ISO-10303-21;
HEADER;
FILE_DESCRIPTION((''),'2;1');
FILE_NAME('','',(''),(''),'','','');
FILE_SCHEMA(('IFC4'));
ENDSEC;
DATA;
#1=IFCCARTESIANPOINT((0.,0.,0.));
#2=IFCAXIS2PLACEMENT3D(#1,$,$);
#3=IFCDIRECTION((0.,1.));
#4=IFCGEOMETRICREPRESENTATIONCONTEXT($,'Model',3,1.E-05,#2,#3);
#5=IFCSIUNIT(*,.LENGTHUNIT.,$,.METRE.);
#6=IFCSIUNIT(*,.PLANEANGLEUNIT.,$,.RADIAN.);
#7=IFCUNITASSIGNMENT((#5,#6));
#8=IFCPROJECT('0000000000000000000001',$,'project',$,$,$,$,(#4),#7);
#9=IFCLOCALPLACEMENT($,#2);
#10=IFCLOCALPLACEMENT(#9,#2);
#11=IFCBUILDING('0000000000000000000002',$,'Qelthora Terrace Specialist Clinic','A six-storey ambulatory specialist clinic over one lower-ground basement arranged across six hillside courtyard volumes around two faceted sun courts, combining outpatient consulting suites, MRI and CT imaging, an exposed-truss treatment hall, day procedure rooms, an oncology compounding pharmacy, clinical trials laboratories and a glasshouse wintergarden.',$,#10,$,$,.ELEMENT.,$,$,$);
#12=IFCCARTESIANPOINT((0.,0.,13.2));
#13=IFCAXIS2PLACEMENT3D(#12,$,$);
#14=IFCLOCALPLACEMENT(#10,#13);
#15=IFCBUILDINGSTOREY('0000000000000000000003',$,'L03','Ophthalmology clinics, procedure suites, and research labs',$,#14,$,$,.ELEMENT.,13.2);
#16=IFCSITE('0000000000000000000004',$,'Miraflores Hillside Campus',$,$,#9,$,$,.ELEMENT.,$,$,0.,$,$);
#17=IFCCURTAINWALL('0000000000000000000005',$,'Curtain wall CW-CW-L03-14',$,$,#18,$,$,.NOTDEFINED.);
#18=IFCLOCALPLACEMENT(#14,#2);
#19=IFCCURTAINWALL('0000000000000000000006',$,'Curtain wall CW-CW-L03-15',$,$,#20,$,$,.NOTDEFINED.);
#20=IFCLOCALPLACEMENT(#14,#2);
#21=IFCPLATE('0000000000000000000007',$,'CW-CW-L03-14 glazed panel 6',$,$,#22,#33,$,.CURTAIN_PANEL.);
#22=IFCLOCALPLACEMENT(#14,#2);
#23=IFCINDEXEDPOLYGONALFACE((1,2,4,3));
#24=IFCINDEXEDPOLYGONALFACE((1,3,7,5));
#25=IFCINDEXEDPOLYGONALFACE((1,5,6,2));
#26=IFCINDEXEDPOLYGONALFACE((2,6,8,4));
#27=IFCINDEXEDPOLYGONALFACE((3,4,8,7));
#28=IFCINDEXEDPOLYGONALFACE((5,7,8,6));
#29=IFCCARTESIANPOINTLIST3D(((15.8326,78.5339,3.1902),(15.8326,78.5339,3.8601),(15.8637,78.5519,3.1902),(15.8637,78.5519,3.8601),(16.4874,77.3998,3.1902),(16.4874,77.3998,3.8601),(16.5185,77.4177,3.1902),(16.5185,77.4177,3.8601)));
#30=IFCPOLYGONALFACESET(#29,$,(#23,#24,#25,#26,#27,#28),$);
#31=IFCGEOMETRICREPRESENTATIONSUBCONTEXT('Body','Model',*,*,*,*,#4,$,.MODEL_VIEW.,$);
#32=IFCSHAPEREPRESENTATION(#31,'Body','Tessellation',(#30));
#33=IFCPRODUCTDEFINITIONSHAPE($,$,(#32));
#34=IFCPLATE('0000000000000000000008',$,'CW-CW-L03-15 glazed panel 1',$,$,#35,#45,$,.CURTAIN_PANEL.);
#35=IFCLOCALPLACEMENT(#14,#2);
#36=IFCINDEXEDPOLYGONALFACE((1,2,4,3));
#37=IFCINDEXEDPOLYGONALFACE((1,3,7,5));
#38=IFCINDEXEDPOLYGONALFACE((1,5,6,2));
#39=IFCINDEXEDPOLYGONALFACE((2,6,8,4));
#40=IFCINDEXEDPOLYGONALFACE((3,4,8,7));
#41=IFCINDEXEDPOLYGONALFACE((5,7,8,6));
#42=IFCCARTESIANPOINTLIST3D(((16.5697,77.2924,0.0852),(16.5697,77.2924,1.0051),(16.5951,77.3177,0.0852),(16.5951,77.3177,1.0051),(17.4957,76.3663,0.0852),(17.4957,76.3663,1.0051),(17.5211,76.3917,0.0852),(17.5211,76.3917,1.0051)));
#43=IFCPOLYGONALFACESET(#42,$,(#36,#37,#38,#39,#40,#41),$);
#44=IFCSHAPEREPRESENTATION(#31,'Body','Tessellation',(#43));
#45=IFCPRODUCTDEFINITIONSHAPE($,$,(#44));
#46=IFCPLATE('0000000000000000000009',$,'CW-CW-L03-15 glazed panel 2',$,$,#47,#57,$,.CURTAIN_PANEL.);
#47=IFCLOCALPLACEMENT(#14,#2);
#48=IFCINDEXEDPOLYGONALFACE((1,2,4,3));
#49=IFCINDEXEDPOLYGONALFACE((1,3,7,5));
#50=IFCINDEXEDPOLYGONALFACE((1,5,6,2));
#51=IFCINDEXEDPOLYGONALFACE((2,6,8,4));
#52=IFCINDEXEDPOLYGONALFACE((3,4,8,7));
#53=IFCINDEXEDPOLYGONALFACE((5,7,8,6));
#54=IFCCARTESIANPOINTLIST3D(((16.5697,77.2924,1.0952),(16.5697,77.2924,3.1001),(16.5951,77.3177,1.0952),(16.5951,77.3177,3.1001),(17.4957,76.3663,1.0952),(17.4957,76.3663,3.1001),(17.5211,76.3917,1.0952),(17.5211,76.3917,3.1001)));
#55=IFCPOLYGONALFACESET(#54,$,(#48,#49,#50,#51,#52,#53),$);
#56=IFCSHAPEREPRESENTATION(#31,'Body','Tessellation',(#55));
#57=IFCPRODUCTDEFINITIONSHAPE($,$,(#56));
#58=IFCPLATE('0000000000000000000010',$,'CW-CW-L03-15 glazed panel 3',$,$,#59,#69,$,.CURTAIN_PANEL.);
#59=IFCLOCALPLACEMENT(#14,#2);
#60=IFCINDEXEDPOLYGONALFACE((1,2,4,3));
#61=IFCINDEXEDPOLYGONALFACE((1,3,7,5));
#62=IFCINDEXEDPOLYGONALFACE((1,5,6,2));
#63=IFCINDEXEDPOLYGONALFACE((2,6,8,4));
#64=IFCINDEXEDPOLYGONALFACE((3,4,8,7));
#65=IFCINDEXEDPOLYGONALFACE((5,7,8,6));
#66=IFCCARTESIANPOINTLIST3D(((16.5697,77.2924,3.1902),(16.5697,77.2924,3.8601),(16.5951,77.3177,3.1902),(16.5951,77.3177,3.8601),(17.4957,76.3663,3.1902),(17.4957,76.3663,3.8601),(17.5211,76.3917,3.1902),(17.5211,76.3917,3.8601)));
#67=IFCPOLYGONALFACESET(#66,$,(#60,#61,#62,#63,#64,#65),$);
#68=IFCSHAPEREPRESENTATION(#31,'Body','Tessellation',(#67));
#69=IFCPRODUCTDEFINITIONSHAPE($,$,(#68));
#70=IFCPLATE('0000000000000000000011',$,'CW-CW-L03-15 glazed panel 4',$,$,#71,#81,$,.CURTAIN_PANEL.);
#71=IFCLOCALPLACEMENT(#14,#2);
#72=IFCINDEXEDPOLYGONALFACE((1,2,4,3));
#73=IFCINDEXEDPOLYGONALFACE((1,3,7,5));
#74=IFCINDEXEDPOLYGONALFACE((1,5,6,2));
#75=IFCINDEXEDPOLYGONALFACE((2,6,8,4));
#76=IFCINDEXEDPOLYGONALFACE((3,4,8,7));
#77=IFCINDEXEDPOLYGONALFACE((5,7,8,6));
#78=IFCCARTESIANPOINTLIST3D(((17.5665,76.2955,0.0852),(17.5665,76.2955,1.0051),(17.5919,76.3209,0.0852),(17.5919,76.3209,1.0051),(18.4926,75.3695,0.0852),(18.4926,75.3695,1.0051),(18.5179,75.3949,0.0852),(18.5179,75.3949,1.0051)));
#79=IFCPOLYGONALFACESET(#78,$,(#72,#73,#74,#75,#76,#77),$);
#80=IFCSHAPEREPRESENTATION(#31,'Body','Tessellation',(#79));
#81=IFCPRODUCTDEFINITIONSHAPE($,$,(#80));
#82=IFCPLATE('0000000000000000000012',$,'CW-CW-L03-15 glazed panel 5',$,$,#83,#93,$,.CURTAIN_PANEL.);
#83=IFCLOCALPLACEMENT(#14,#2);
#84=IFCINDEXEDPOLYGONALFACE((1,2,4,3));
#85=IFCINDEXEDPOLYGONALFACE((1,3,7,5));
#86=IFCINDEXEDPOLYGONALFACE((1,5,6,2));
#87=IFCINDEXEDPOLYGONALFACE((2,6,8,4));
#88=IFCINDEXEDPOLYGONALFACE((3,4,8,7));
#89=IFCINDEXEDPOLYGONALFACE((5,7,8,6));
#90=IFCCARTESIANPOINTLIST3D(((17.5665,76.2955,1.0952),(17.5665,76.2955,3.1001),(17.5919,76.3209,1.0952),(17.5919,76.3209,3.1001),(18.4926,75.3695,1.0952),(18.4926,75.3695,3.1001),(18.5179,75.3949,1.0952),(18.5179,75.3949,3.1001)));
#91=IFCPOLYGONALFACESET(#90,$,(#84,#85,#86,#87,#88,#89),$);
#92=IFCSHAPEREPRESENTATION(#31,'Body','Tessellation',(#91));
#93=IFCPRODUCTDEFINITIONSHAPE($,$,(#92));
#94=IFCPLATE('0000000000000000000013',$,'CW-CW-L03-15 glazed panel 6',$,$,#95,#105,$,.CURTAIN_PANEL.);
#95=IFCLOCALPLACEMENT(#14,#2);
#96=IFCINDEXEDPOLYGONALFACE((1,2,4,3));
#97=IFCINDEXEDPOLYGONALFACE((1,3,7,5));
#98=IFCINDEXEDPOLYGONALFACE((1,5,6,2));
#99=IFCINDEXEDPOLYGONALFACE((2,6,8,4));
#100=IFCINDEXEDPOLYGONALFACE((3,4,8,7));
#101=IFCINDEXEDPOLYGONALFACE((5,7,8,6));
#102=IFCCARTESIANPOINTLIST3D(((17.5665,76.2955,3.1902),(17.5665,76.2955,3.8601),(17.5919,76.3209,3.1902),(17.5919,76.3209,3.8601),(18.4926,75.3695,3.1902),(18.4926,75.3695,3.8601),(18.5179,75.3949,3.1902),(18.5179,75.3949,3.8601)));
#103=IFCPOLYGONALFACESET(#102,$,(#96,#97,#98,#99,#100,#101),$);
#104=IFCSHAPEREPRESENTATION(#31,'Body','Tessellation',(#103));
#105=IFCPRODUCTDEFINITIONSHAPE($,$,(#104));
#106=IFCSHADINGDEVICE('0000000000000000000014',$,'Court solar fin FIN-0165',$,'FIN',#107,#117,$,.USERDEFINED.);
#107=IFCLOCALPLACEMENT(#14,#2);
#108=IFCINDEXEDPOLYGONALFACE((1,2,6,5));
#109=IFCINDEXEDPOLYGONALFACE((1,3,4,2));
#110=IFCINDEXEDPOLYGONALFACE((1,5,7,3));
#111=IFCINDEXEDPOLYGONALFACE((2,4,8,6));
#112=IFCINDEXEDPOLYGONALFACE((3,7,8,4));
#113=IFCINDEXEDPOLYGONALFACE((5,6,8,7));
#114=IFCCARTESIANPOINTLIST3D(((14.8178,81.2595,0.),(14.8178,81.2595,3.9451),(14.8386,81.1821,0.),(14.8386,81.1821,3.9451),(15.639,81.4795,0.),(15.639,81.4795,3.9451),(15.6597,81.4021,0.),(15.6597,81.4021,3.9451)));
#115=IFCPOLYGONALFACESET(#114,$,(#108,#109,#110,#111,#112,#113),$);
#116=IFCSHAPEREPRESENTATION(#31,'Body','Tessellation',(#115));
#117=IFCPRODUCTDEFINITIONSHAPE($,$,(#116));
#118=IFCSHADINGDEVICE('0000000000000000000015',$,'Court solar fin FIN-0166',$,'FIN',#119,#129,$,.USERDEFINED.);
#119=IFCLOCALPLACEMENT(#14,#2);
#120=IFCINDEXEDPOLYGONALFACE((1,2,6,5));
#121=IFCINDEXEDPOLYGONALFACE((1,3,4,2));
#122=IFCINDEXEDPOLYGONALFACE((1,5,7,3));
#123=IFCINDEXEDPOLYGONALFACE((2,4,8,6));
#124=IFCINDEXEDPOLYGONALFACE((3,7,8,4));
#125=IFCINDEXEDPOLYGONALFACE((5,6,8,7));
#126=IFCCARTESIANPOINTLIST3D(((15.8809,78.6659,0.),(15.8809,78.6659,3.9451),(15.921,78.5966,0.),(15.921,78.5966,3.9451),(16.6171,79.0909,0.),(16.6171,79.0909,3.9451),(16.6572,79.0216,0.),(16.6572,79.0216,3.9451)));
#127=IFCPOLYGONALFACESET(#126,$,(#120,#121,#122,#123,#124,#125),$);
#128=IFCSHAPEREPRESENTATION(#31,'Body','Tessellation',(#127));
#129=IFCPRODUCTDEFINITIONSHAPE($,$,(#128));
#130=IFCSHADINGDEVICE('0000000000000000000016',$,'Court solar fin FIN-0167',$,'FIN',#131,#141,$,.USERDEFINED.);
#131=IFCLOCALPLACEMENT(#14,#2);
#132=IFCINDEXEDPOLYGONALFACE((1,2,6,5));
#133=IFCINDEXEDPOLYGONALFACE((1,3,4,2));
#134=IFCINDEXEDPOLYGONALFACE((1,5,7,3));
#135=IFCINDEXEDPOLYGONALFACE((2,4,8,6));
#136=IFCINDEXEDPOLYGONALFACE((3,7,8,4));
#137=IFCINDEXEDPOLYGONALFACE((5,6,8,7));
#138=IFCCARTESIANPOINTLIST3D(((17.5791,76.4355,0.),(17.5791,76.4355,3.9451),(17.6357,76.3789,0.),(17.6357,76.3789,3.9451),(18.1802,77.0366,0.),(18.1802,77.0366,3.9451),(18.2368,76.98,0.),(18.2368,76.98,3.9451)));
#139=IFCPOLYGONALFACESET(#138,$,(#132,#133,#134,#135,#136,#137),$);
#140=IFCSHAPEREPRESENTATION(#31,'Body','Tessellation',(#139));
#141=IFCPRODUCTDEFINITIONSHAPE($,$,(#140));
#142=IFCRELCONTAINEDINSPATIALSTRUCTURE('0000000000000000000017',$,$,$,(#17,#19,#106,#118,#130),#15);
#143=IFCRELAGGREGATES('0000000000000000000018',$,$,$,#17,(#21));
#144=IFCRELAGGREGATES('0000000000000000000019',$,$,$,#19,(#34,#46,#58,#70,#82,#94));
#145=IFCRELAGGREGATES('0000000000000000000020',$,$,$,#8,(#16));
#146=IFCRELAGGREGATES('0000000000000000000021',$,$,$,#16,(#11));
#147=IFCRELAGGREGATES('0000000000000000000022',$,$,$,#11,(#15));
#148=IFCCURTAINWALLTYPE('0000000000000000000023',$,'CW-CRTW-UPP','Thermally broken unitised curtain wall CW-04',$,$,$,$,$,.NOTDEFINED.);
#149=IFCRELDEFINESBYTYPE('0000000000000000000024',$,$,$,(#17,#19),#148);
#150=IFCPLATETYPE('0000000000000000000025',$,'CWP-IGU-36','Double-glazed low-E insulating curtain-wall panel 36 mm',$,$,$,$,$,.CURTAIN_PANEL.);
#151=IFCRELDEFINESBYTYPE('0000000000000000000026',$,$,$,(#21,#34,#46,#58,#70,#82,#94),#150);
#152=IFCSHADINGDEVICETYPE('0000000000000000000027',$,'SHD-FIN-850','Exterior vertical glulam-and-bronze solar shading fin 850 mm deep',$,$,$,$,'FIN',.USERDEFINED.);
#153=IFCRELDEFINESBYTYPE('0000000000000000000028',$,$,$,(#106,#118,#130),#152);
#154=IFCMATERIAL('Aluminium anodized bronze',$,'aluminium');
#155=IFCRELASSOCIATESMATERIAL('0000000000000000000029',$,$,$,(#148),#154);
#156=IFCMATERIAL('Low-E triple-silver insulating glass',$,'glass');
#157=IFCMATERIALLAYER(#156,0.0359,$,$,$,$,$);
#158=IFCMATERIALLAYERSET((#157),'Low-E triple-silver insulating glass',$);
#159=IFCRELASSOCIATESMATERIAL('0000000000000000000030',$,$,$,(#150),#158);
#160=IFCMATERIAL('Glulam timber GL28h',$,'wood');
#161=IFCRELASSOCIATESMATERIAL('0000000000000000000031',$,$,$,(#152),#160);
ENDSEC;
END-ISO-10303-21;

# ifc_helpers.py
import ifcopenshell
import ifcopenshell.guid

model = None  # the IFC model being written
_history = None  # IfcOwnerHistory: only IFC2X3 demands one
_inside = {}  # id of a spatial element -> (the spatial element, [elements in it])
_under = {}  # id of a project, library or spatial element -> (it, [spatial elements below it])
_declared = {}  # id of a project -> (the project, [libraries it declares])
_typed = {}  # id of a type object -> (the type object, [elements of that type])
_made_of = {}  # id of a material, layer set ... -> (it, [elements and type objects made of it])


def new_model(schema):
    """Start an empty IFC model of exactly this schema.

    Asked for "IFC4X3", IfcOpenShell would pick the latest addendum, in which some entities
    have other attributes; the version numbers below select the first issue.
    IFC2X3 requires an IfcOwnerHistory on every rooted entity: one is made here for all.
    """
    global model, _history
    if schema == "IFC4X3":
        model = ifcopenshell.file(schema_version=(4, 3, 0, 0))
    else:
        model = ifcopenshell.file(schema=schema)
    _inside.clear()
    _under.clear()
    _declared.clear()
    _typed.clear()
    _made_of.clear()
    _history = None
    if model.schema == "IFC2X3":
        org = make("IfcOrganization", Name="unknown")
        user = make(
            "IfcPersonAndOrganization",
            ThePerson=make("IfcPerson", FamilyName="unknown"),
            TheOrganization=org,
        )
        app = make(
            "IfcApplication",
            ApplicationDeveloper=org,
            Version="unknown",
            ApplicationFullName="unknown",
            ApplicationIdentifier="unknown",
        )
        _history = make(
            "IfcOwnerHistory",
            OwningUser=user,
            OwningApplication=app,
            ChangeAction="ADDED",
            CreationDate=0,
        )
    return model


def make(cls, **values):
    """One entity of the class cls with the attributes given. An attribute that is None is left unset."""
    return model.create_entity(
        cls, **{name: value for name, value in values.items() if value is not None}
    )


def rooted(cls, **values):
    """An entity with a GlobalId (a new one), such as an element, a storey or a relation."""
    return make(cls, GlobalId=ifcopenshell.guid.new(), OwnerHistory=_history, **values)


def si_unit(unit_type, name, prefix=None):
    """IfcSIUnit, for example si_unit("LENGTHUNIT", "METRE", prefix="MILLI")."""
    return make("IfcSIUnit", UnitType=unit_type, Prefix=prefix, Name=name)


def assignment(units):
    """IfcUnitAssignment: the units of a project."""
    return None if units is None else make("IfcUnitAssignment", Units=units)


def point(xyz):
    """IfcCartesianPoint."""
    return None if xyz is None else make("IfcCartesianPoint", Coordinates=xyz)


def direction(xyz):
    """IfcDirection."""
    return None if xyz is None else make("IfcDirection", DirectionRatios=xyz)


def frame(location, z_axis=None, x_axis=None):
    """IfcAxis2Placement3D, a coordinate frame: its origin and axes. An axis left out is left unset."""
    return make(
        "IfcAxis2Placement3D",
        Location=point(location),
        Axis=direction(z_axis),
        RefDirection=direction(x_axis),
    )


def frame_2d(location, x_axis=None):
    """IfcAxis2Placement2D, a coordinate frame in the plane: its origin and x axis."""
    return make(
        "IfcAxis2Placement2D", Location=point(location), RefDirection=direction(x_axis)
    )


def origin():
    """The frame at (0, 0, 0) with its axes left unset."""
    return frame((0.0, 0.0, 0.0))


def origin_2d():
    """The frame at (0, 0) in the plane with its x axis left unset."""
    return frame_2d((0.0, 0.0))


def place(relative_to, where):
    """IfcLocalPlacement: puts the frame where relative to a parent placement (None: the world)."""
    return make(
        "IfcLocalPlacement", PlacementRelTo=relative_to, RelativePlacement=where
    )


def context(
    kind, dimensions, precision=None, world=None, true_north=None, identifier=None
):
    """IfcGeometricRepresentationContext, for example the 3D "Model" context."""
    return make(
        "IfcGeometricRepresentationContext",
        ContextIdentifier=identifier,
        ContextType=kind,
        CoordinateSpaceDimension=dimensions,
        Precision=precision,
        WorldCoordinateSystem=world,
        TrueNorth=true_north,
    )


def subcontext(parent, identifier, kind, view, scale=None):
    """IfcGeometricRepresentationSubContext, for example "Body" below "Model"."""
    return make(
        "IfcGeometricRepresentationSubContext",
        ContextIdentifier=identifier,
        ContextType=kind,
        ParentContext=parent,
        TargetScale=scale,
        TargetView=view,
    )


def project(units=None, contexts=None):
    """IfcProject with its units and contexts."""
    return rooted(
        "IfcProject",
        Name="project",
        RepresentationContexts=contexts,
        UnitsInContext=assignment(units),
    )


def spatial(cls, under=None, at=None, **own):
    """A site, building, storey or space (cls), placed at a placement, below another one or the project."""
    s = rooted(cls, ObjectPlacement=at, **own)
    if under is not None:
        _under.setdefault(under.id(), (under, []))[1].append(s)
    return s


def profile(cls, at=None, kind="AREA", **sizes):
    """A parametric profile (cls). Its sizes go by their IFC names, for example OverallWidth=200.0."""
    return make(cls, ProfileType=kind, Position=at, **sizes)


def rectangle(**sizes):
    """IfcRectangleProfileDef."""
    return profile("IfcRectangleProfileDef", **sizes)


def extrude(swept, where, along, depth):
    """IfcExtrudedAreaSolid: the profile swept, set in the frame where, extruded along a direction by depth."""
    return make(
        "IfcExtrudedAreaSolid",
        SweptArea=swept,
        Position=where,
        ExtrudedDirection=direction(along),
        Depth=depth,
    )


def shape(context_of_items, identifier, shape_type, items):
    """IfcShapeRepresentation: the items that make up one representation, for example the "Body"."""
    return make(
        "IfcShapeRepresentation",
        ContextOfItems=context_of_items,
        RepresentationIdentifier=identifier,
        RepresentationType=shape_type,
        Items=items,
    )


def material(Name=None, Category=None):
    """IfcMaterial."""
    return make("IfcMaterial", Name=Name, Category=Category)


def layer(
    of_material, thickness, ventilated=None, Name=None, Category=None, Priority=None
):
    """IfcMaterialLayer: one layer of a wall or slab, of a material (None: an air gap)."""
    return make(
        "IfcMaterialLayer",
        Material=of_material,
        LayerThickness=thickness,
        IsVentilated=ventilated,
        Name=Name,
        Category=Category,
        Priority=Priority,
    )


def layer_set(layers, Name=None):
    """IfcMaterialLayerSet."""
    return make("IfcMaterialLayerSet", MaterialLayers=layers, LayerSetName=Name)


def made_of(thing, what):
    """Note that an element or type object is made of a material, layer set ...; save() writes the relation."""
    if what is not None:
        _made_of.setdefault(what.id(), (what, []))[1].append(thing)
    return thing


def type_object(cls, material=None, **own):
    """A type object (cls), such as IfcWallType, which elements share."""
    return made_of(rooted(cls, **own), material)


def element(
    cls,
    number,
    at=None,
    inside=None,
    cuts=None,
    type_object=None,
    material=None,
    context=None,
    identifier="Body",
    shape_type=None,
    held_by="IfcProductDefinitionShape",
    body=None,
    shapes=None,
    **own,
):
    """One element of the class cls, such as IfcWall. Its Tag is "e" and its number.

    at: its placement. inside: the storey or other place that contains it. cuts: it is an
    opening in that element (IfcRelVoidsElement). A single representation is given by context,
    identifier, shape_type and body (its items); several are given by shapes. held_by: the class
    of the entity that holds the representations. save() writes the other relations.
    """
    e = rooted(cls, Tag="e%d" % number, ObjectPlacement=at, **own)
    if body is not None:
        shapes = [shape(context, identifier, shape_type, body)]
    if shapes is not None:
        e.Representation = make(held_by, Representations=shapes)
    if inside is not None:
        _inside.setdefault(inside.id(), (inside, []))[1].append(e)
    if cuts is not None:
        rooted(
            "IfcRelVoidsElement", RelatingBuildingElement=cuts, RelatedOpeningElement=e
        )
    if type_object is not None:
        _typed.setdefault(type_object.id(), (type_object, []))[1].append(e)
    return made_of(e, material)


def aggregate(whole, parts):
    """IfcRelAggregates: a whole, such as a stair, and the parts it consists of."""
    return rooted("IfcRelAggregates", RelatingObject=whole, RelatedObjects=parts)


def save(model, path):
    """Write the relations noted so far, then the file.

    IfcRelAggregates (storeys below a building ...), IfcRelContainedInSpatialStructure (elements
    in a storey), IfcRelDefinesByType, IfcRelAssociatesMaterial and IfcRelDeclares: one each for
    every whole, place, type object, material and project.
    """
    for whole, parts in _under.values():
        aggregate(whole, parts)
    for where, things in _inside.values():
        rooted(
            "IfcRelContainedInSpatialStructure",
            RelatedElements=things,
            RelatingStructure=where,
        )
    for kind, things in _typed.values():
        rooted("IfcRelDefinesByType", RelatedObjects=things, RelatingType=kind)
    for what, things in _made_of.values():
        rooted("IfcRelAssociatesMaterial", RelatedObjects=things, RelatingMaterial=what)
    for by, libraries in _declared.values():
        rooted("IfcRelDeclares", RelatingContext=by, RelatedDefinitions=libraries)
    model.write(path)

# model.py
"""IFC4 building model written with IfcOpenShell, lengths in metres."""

from ifc_helpers import new_model, si_unit, direction, frame, origin, origin_2d, place, context, subcontext, project, spatial, rectangle, extrude, material, layer, layer_set, type_object, element, aggregate, save


model = new_model("IFC4")

# Units and contexts
model_context = context("Model", 3, precision=1e-05, world=origin(), true_north=direction((0.0, 1.0)))
body_context = subcontext(model_context, "Body", "Model", "MODEL_VIEW")
ifc_project = project(units=[si_unit("LENGTHUNIT", "METRE"), si_unit("PLANEANGLEUNIT", "RADIAN")], contexts=[model_context])

# Site, building, storey
site_placement = place(None, origin())
site = spatial("IfcSite", under=ifc_project, at=site_placement, Name="Miraflores Hillside Campus", CompositionType="ELEMENT", RefElevation=0.0)
building_placement = place(site_placement, origin())
building = spatial("IfcBuilding", under=site, at=building_placement, Name="Qelthora Terrace Specialist Clinic", Description="A six-storey ambulatory specialist clinic over one lower-ground basement arranged across six hillside courtyard volumes around two faceted sun courts, combining outpatient consulting suites, MRI and CT imaging, an exposed-truss treatment hall, day procedure rooms, an oncology compounding pharmacy, clinical trials laboratories and a glasshouse wintergarden.", CompositionType="ELEMENT")
storey_placement = place(building_placement, frame((0.0, 0.0, 13.2)))
storey = spatial("IfcBuildingStorey", under=building, at=storey_placement, Name="L03", Description="Ophthalmology clinics, procedure suites, and research labs", CompositionType="ELEMENT", Elevation=13.2)

# Curtain walls
ifc_material_1 = material(Name="Aluminium anodized bronze", Category="aluminium")
curtain_wall_type = type_object("IfcCurtainWallType", Name="CW-CRTW-UPP", Description="Thermally broken unitised curtain wall CW-04", PredefinedType="NOTDEFINED", material=ifc_material_1)
curtain_wall_1_placement = place(storey_placement, origin())
curtain_wall_1 = element("IfcCurtainWall", 1, at=curtain_wall_1_placement, inside=storey, type_object=curtain_wall_type, Name="Curtain wall CW-CW-L03-14", PredefinedType="NOTDEFINED")
curtain_wall_2_placement = place(storey_placement, origin())
curtain_wall_2 = element("IfcCurtainWall", 2, at=curtain_wall_2_placement, inside=storey, type_object=curtain_wall_type, Name="Curtain wall CW-CW-L03-15", PredefinedType="NOTDEFINED")

# Plates
ifc_material_2 = material(Name="Low-E triple-silver insulating glass", Category="glass")
ifc_layer = layer(ifc_material_2, 0.0359)
ifc_layer_set = layer_set([ifc_layer], Name="Low-E triple-silver insulating glass")
plate_type = type_object("IfcPlateType", Name="CWP-IGU-36", Description="Double-glazed low-E insulating curtain-wall panel 36 mm", PredefinedType="CURTAIN_PANEL", material=ifc_layer_set)
plate_1_placement = place(storey_placement, frame((16.1755, 77.9758, 3.1902), z_axis=(0.0, 0.0, 1.0), x_axis=(0.5, -0.866025, 0.0)))
plate_1 = element("IfcPlate", 3, at=plate_1_placement, type_object=plate_type, Name="CW-CW-L03-14 glazed panel 6", PredefinedType="CURTAIN_PANEL", context=body_context, shape_type="SweptSolid", body=[
    extrude(rectangle(XDim=1.3096, YDim=0.0359, at=origin_2d()), origin(), (0.0, 0.0, 1.0), 0.6699),
])
aggregate(curtain_wall_1, [plate_1])
plate_2_placement = place(storey_placement, frame((17.0454, 76.842, 0.0852), z_axis=(0.0, 0.0, 1.0), x_axis=(0.707107, -0.707107, 0.0)))
plate_2 = element("IfcPlate", 4, at=plate_2_placement, type_object=plate_type, Name="CW-CW-L03-15 glazed panel 1", PredefinedType="CURTAIN_PANEL", context=body_context, shape_type="SweptSolid", body=[
    extrude(rectangle(XDim=1.3096, YDim=0.0359, at=origin_2d()), origin(), (0.0, 0.0, 1.0), 0.9199),
])
plate_3_placement = place(storey_placement, frame((17.0454, 76.842, 1.0952), z_axis=(0.0, 0.0, 1.0), x_axis=(0.707107, -0.707107, 0.0)))
plate_3 = element("IfcPlate", 5, at=plate_3_placement, type_object=plate_type, Name="CW-CW-L03-15 glazed panel 2", PredefinedType="CURTAIN_PANEL", context=body_context, shape_type="SweptSolid", body=[
    extrude(rectangle(XDim=1.3096, YDim=0.0359, at=origin_2d()), origin(), (0.0, 0.0, 1.0), 2.0049),
])
plate_4_placement = place(storey_placement, frame((17.0454, 76.842, 3.1902), z_axis=(0.0, 0.0, 1.0), x_axis=(0.707107, -0.707107, 0.0)))
plate_4 = element("IfcPlate", 6, at=plate_4_placement, type_object=plate_type, Name="CW-CW-L03-15 glazed panel 3", PredefinedType="CURTAIN_PANEL", context=body_context, shape_type="SweptSolid", body=[
    extrude(rectangle(XDim=1.3096, YDim=0.0359, at=origin_2d()), origin(), (0.0, 0.0, 1.0), 0.6699),
])
plate_5_placement = place(storey_placement, frame((18.0422, 75.8452, 0.0852), z_axis=(0.0, 0.0, 1.0), x_axis=(0.707107, -0.707107, 0.0)))
plate_5 = element("IfcPlate", 7, at=plate_5_placement, type_object=plate_type, Name="CW-CW-L03-15 glazed panel 4", PredefinedType="CURTAIN_PANEL", context=body_context, shape_type="SweptSolid", body=[
    extrude(rectangle(XDim=1.3096, YDim=0.0359, at=origin_2d()), origin(), (0.0, 0.0, 1.0), 0.9199),
])
plate_6_placement = place(storey_placement, frame((18.0422, 75.8452, 1.0952), z_axis=(0.0, 0.0, 1.0), x_axis=(0.707107, -0.707107, 0.0)))
plate_6 = element("IfcPlate", 8, at=plate_6_placement, type_object=plate_type, Name="CW-CW-L03-15 glazed panel 5", PredefinedType="CURTAIN_PANEL", context=body_context, shape_type="SweptSolid", body=[
    extrude(rectangle(XDim=1.3096, YDim=0.0359, at=origin_2d()), origin(), (0.0, 0.0, 1.0), 2.0049),
])
plate_7_placement = place(storey_placement, frame((18.0422, 75.8452, 3.1902), z_axis=(0.0, 0.0, 1.0), x_axis=(0.707107, -0.707107, 0.0)))
plate_7 = element("IfcPlate", 9, at=plate_7_placement, type_object=plate_type, Name="CW-CW-L03-15 glazed panel 6", PredefinedType="CURTAIN_PANEL", context=body_context, shape_type="SweptSolid", body=[
    extrude(rectangle(XDim=1.3096, YDim=0.0359, at=origin_2d()), origin(), (0.0, 0.0, 1.0), 0.6699),
])
aggregate(curtain_wall_2, [plate_2, plate_3, plate_4, plate_5, plate_6, plate_7])

# Shading devices
ifc_material_3 = material(Name="Glulam timber GL28h", Category="wood")
shading_device_type = type_object("IfcShadingDeviceType", Name="SHD-FIN-850", Description="Exterior vertical glulam-and-bronze solar shading fin 850 mm deep", ElementType="FIN", PredefinedType="USERDEFINED", material=ifc_material_3)
for number, where, z_axis, x_axis, name in (
    (10, (15.2388, 81.3308, 0.0), (0.0, 0.0, 1.0), (0.965926, 0.258819, 0.0), "Court solar fin FIN-0165"),
    (11, (16.269, 78.8438, 0.0), (0.0, 0.0, 1.0), (0.866025, 0.5, 0.0), "Court solar fin FIN-0166"),
    (12, (17.908, 76.7078, 0.0), (0.0, 0.0, 1.0), (0.707107, 0.707107, 0.0), "Court solar fin FIN-0167"),
):
    element("IfcShadingDevice", number, at=place(storey_placement, frame(where, z_axis=z_axis, x_axis=x_axis)), inside=storey, type_object=shading_device_type, Name=name, ObjectType="FIN", PredefinedType="USERDEFINED", context=body_context, shape_type="SweptSolid", body=[
        extrude(rectangle(XDim=0.8501, YDim=0.0801, at=origin_2d()), origin(), (0.0, 0.0, 1.0), 3.9451),
    ])

save(model, "model.ifc")
